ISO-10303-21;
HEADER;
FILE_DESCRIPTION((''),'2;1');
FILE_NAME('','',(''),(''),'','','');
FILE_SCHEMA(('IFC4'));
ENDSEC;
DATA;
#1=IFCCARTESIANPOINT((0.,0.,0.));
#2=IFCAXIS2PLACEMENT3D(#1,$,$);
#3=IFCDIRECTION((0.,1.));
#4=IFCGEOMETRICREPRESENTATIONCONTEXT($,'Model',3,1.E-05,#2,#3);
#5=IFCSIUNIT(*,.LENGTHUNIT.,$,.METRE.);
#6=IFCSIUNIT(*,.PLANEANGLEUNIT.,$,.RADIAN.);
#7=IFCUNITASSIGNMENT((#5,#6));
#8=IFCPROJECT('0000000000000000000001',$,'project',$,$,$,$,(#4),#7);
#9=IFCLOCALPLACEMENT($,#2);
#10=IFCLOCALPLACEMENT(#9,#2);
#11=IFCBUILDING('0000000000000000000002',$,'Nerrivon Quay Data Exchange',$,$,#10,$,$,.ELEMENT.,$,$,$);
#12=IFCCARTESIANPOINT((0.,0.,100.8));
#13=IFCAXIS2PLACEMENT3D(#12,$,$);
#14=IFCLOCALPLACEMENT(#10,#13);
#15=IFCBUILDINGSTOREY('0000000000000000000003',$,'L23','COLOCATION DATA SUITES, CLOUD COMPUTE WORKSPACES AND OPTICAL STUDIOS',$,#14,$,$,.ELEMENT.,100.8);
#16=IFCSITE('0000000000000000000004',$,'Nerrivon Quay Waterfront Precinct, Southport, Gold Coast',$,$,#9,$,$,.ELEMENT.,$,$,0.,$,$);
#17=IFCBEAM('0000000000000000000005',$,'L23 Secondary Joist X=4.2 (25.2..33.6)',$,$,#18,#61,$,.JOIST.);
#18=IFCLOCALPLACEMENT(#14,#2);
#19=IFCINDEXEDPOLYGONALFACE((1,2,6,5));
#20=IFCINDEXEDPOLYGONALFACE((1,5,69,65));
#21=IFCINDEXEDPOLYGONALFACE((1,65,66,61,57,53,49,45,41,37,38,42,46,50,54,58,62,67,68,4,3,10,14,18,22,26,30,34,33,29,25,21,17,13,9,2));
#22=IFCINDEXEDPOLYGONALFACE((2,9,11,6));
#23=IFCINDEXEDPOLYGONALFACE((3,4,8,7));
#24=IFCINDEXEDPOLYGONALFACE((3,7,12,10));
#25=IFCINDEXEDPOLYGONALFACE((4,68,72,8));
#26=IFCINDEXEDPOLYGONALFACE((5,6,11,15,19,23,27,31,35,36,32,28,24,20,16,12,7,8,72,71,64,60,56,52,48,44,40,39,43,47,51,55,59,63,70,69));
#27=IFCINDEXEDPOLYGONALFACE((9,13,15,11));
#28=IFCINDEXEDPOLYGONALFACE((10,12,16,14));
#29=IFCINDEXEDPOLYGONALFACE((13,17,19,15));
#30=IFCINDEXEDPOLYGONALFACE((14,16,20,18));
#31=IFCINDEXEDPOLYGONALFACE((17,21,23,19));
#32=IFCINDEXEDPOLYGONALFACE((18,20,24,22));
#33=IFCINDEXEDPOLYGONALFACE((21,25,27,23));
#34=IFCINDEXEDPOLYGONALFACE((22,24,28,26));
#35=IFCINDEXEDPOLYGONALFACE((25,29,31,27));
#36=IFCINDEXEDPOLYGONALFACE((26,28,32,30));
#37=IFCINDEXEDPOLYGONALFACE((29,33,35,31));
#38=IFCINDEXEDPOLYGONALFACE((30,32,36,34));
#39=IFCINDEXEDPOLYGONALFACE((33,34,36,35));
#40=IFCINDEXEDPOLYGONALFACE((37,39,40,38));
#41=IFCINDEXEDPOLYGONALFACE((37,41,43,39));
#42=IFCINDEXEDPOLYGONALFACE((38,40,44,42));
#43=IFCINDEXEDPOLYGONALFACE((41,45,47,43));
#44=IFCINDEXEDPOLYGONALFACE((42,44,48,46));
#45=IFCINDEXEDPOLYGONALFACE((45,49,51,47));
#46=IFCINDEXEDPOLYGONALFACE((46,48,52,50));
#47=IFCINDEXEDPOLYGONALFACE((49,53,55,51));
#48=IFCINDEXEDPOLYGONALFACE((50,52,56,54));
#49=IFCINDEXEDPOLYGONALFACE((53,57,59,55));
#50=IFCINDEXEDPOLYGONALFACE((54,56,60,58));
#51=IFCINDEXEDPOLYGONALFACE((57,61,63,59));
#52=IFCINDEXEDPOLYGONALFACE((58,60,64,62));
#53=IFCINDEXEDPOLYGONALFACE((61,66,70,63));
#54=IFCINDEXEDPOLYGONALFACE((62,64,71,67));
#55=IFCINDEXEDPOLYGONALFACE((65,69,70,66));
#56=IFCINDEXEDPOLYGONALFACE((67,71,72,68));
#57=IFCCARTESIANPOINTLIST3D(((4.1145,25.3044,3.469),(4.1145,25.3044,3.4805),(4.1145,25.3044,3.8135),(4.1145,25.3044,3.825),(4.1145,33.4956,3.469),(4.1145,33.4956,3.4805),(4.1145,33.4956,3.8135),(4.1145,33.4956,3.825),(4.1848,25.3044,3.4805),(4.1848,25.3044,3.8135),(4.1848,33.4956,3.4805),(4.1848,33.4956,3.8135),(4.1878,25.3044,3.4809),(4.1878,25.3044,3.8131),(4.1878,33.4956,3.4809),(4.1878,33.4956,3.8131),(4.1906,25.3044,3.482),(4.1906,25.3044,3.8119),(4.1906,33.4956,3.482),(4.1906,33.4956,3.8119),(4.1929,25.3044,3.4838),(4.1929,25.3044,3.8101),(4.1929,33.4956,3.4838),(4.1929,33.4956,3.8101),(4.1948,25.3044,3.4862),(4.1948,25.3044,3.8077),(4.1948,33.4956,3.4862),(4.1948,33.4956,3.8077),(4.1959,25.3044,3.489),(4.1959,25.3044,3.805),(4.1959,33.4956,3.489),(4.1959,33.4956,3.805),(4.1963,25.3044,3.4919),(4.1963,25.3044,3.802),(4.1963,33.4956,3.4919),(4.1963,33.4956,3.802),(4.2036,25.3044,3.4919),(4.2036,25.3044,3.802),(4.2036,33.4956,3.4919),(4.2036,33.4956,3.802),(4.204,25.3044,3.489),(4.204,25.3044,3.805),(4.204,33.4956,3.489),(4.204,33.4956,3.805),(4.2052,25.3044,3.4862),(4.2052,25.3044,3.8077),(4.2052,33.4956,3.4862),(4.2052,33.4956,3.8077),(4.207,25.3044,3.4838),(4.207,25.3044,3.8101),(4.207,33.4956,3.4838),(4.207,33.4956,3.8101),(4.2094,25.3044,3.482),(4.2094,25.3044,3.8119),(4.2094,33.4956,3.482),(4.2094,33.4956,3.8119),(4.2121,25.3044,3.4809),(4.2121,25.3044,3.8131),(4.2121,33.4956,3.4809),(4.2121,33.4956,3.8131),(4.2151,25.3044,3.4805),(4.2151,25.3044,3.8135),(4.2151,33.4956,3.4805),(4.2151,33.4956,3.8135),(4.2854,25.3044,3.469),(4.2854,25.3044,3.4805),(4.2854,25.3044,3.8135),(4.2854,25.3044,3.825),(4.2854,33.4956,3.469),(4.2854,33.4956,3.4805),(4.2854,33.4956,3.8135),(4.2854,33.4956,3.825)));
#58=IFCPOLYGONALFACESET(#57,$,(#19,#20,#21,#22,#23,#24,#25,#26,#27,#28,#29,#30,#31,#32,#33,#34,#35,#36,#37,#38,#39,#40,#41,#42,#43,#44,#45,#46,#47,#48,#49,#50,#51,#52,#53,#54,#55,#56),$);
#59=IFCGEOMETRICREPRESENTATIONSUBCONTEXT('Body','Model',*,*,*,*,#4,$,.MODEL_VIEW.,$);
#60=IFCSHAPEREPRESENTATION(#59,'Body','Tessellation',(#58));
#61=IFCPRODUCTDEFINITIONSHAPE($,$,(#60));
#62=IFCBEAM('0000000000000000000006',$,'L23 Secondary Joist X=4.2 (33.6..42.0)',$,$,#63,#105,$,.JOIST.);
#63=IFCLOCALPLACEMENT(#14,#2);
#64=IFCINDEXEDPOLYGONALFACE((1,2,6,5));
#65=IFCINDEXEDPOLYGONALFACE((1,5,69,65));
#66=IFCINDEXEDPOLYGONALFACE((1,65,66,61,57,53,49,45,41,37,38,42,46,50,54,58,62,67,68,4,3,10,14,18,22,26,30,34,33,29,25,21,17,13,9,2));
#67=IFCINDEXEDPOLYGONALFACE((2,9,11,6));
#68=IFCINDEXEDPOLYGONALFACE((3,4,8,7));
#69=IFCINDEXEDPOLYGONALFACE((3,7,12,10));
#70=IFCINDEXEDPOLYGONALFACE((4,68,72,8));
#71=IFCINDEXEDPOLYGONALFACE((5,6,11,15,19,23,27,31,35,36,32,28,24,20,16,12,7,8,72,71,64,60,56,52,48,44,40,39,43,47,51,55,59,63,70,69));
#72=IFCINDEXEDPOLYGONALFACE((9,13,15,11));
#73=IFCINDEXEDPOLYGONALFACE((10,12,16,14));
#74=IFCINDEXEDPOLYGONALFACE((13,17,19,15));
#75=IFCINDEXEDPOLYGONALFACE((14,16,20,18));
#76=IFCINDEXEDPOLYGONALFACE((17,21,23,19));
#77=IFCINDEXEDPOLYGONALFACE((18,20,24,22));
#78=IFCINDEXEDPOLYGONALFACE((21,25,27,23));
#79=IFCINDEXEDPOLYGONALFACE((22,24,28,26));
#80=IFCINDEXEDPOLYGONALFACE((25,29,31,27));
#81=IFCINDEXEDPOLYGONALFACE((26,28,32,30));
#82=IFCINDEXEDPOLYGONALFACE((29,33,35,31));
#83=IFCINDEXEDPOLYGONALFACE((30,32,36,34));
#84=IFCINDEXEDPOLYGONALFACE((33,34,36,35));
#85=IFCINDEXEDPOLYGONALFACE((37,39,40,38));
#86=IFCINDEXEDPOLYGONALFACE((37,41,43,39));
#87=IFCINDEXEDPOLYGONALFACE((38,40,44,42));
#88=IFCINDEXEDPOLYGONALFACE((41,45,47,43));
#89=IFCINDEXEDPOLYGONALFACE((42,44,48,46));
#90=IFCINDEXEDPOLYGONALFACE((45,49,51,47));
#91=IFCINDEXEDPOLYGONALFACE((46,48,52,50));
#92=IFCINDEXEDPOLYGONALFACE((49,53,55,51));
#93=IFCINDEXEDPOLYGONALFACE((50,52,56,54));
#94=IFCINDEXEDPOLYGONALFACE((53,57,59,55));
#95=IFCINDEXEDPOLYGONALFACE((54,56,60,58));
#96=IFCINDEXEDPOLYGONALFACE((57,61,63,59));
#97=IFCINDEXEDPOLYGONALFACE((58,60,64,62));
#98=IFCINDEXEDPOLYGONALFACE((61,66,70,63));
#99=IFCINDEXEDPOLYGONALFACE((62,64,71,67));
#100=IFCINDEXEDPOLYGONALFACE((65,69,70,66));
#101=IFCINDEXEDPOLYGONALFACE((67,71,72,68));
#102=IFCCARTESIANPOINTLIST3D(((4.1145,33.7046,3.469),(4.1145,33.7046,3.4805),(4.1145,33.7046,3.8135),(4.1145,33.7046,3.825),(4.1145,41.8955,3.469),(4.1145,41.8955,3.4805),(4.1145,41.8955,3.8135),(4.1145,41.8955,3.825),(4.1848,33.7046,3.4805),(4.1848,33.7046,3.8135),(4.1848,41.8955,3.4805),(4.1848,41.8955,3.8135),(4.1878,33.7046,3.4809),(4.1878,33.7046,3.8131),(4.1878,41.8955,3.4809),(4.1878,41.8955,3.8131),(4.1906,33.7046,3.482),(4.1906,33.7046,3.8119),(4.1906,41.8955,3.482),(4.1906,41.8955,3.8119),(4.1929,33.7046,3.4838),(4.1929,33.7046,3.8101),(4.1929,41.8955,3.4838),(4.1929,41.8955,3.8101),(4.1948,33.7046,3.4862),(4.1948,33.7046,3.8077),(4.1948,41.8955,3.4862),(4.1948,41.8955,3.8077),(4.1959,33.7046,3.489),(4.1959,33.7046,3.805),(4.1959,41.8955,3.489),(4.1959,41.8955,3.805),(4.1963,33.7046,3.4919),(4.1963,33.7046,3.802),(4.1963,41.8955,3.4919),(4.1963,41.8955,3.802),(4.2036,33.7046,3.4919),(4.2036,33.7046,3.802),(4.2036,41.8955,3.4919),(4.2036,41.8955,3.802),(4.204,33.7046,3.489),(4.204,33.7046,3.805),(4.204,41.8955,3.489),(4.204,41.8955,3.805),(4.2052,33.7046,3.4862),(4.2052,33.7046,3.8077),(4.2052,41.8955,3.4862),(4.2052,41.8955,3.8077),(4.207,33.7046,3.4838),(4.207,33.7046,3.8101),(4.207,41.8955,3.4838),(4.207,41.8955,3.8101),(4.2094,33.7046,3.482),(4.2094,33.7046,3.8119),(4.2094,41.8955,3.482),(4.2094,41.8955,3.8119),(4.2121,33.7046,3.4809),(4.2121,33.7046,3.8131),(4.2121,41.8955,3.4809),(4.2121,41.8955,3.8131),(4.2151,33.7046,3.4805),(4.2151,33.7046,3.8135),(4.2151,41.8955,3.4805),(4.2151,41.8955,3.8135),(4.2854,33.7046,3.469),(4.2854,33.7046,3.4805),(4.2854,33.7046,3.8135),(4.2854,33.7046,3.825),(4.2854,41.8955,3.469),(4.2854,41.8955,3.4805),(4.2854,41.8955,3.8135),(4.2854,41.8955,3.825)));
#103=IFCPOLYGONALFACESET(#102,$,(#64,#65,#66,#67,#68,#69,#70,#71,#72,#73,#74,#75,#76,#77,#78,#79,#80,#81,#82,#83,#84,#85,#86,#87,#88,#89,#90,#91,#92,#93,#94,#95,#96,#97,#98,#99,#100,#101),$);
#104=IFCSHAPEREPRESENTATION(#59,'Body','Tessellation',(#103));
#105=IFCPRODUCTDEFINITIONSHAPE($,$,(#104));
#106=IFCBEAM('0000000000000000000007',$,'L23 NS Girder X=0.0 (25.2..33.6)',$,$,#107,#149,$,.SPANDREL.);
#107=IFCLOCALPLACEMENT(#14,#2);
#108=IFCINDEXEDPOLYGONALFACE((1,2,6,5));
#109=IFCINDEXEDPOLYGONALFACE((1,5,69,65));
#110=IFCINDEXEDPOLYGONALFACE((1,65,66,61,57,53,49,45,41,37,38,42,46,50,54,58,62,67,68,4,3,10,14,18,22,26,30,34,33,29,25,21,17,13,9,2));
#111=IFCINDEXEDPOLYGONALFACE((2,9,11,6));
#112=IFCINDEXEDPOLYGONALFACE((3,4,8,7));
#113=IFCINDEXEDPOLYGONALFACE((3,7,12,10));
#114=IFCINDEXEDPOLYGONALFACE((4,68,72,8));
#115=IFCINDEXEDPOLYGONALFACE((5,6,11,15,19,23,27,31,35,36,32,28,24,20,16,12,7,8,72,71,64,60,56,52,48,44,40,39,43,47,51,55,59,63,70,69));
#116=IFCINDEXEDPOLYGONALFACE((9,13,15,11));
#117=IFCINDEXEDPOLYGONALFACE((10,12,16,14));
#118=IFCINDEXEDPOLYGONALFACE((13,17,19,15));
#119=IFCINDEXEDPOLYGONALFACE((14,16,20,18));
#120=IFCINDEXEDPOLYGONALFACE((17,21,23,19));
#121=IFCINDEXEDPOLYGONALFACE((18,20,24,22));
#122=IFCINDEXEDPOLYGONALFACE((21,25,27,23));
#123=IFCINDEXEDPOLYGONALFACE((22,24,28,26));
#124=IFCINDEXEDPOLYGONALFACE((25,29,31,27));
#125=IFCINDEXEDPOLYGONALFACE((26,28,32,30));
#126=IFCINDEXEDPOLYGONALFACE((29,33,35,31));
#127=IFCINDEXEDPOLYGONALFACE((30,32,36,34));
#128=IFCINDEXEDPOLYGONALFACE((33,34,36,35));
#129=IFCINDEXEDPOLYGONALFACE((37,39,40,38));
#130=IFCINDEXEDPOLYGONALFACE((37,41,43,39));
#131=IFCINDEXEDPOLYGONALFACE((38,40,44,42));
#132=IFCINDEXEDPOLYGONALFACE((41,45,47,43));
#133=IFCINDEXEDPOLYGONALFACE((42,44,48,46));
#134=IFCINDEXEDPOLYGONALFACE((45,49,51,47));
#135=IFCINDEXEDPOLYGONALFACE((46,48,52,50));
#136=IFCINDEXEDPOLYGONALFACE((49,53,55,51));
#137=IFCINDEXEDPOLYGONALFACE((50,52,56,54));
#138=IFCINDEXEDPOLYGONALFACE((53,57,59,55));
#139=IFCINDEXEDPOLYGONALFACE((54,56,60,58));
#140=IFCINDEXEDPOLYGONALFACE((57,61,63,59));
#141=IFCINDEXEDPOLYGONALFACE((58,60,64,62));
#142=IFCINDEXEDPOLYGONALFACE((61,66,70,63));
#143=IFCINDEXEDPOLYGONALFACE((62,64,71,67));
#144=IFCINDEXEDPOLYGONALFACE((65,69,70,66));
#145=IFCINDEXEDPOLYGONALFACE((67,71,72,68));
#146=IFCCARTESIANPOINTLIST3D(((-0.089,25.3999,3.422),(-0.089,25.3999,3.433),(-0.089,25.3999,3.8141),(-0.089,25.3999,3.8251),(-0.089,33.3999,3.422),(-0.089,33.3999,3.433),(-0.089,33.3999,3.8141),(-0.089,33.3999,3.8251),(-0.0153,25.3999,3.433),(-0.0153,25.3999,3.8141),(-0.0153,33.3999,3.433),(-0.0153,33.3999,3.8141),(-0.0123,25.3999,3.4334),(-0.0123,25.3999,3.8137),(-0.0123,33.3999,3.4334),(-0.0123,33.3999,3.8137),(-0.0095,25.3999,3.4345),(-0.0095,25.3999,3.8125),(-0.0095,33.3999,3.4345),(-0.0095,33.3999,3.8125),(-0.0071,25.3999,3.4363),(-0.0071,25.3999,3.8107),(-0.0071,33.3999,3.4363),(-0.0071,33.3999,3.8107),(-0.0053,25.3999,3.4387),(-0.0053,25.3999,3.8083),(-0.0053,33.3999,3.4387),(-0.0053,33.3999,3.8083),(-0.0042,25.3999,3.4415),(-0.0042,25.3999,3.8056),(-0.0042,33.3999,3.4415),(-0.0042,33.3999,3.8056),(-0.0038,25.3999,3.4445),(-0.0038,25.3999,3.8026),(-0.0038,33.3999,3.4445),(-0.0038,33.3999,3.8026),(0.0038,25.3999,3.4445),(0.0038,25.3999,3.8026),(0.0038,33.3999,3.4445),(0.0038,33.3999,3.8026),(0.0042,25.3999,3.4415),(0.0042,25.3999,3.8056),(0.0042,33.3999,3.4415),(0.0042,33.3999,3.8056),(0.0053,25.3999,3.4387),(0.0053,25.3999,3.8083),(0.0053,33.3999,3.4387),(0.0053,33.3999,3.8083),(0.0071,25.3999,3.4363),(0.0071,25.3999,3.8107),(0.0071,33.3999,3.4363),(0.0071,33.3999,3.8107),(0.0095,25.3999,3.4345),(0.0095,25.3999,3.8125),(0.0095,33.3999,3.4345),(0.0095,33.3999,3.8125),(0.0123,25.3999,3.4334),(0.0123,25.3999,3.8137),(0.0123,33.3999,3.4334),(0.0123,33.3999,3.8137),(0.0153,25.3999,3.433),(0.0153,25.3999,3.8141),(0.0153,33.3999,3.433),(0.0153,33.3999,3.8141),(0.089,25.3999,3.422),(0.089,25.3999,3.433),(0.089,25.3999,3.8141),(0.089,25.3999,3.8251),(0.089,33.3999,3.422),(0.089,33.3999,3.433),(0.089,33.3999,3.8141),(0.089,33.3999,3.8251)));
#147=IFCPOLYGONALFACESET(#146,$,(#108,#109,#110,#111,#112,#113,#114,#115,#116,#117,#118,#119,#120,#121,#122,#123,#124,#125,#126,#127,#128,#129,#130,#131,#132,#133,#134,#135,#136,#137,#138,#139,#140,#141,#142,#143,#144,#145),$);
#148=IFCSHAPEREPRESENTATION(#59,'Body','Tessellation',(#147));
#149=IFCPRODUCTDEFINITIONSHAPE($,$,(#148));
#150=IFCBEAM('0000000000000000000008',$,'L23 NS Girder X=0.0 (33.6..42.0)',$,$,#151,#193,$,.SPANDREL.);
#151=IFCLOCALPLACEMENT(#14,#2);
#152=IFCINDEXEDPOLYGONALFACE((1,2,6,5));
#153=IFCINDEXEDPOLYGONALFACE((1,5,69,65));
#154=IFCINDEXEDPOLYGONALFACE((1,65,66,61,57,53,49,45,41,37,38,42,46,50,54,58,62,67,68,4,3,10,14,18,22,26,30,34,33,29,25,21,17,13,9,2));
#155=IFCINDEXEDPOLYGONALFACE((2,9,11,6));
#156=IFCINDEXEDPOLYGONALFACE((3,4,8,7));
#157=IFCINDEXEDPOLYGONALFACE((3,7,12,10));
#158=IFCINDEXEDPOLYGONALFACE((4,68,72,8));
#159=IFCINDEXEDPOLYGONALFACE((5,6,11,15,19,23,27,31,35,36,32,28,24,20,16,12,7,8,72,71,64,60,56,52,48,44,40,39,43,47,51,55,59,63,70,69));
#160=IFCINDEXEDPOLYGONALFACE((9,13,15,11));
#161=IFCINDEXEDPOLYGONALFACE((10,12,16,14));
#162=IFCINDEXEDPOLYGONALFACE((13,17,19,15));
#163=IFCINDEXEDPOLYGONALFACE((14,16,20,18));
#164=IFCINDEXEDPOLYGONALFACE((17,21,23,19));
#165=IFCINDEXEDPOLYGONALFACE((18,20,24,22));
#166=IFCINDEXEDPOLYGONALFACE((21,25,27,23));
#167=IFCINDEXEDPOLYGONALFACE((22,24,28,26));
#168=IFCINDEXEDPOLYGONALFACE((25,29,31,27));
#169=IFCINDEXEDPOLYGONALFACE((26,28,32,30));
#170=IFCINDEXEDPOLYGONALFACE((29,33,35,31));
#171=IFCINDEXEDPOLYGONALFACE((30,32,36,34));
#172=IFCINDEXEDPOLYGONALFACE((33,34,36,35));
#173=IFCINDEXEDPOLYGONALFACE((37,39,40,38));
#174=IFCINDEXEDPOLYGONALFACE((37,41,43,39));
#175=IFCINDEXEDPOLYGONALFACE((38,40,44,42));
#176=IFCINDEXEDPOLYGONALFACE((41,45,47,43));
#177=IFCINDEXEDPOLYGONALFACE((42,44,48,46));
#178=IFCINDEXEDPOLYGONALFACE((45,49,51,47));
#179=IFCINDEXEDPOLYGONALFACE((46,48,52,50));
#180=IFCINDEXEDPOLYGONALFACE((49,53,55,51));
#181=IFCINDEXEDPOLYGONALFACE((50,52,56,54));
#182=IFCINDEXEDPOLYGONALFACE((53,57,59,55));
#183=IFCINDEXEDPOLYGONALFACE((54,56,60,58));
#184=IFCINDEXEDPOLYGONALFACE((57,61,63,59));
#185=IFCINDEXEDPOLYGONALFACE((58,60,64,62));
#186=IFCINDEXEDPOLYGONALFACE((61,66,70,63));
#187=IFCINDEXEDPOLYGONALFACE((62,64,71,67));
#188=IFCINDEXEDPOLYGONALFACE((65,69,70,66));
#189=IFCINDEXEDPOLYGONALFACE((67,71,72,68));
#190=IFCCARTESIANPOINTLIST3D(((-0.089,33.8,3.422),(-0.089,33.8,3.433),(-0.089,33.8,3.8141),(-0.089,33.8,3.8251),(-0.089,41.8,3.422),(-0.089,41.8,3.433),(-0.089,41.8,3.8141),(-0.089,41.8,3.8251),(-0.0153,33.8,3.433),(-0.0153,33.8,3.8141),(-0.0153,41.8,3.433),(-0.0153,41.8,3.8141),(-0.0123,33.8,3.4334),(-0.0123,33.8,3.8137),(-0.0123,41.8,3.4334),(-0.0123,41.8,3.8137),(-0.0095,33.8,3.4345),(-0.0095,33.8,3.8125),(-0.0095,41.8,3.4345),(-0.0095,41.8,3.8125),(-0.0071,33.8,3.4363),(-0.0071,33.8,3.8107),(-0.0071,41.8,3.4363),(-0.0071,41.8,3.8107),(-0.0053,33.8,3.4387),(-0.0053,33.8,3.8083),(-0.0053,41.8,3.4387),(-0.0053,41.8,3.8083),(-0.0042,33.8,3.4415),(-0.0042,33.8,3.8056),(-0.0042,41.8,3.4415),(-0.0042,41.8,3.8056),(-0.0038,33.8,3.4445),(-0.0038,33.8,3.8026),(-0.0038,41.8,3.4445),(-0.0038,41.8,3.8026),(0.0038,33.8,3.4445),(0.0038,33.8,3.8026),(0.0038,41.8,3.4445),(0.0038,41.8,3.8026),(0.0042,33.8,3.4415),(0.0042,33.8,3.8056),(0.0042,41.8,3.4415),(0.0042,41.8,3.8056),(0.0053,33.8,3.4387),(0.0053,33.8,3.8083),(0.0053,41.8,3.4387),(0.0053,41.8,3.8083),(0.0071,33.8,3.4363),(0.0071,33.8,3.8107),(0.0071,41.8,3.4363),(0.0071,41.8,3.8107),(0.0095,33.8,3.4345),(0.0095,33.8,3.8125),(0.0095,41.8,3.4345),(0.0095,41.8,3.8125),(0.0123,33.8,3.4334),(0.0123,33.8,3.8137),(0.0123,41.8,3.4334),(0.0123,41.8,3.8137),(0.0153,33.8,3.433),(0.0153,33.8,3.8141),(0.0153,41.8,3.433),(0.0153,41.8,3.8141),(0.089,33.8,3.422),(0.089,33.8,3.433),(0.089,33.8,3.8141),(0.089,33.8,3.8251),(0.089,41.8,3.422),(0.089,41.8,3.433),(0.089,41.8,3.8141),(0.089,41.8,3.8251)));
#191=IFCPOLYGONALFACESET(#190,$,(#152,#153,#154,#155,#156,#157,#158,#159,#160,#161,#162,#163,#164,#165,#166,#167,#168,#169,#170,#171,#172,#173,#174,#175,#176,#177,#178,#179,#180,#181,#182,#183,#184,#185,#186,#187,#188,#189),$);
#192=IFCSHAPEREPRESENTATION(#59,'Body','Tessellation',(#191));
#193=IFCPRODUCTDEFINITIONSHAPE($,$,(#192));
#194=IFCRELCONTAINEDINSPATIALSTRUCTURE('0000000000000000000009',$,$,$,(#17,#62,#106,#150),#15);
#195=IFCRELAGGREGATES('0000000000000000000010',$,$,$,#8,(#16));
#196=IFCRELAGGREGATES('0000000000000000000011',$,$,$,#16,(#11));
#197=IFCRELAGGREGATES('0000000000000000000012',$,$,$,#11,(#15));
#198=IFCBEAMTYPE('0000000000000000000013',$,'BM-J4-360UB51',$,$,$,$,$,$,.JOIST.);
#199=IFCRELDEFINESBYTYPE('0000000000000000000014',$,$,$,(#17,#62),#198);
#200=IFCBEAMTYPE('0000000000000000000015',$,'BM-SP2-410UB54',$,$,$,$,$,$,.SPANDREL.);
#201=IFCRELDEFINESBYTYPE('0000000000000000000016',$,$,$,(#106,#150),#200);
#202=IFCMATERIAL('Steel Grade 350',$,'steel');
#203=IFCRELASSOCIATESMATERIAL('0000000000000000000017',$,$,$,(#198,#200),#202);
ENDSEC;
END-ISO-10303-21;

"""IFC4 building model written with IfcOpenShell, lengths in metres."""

from ifc_helpers import new_model, si_unit, direction, frame, origin, origin_2d, place, context, subcontext, project, spatial, i_section, extrude, material, material_profile, profile_set, type_object, element, save


model = new_model("IFC4")

# Units and contexts
model_context = context("Model", 3, precision=1e-05, world=origin(), true_north=direction((0.0, 1.0)))
body_context = subcontext(model_context, "Body", "Model", "MODEL_VIEW")
ifc_project = project(units=[si_unit("LENGTHUNIT", "METRE"), si_unit("PLANEANGLEUNIT", "RADIAN")], contexts=[model_context])

# Site, building, storey
site_placement = place(None, origin())
site = spatial("IfcSite", under=ifc_project, at=site_placement, Name="Nerrivon Quay Waterfront Precinct, Southport, Gold Coast", CompositionType="ELEMENT", RefElevation=0.0)
building_placement = place(site_placement, origin())
building = spatial("IfcBuilding", under=site, at=building_placement, Name="Nerrivon Quay Data Exchange", CompositionType="ELEMENT")
storey_placement = place(building_placement, frame((0.0, 0.0, 100.8)))
storey = spatial("IfcBuildingStorey", under=building, at=storey_placement, Name="L23", Description="COLOCATION DATA SUITES, CLOUD COMPUTE WORKSPACES AND OPTICAL STUDIOS", CompositionType="ELEMENT", Elevation=100.8)

# Shared definitions
ifc_material_1 = material(Name="Steel Grade 350", Category="steel")

# Beams
ifc_material_profile_1 = material_profile(ifc_material_1, i_section(OverallWidth=0.1709, OverallDepth=0.356, WebThickness=0.0073, FlangeThickness=0.0115, FilletRadius=0.0115, at=origin_2d()), Name="360UB50.7")
ifc_profile_set_1 = profile_set([ifc_material_profile_1], Name="Steel Grade 350")
beam_type_1 = type_object("IfcBeamType", Name="BM-J4-360UB51", PredefinedType="JOIST", material=ifc_profile_set_1)
beam_1_placement = place(storey_placement, frame((4.2, 25.3044, 3.647), z_axis=(0.0, 1.0, 0.0), x_axis=(-1.0, 0.0, 0.0)))
element("IfcBeam", 1, at=beam_1_placement, inside=storey, type_object=beam_type_1, Name="L23 Secondary Joist X=4.2 (25.2..33.6)", PredefinedType="JOIST", context=body_context, shape_type="SweptSolid", body=[
    extrude(i_section(OverallWidth=0.1709, OverallDepth=0.356, WebThickness=0.0073, FlangeThickness=0.0115, FilletRadius=0.0115, at=origin_2d()), origin(), (0.0, 0.0, 1.0), 8.1912),
])
beam_2_placement = place(storey_placement, frame((4.2, 33.7046, 3.647), z_axis=(0.0, 1.0, 0.0), x_axis=(-1.0, 0.0, 0.0)))
element("IfcBeam", 2, at=beam_2_placement, inside=storey, type_object=beam_type_1, Name="L23 Secondary Joist X=4.2 (33.6..42.0)", PredefinedType="JOIST", context=body_context, shape_type="SweptSolid", body=[
    extrude(i_section(OverallWidth=0.1709, OverallDepth=0.356, WebThickness=0.0073, FlangeThickness=0.0115, FilletRadius=0.0115, at=origin_2d()), origin(), (0.0, 0.0, 1.0), 8.1909),
])
ifc_material_profile_2 = material_profile(ifc_material_1, i_section(OverallWidth=0.178, OverallDepth=0.4031, WebThickness=0.0076, FlangeThickness=0.011, FilletRadius=0.0115, at=origin_2d()), Name="410UB53.7")
ifc_profile_set_2 = profile_set([ifc_material_profile_2], Name="Steel Grade 350")
beam_type_2 = type_object("IfcBeamType", Name="BM-SP2-410UB54", PredefinedType="SPANDREL", material=ifc_profile_set_2)
for number, where, z_axis, x_axis, name in (
    (3, (0.0, 25.3999, 3.6235), (0.0, 1.0, 0.0), (-1.0, 0.0, 0.0), "L23 NS Girder X=0.0 (25.2..33.6)"),
    (4, (0.0, 33.8, 3.6235), (0.0, 1.0, 0.0), (-1.0, 0.0, 0.0), "L23 NS Girder X=0.0 (33.6..42.0)"),
):
    element("IfcBeam", number, at=place(storey_placement, frame(where, z_axis=z_axis, x_axis=x_axis)), inside=storey, type_object=beam_type_2, Name=name, PredefinedType="SPANDREL", context=body_context, shape_type="SweptSolid", body=[
        extrude(i_section(OverallWidth=0.178, OverallDepth=0.4031, WebThickness=0.0076, FlangeThickness=0.011, FilletRadius=0.0115, at=origin_2d()), origin(), (0.0, 0.0, 1.0), 8.0),
    ])

save(model, "model.ifc")
